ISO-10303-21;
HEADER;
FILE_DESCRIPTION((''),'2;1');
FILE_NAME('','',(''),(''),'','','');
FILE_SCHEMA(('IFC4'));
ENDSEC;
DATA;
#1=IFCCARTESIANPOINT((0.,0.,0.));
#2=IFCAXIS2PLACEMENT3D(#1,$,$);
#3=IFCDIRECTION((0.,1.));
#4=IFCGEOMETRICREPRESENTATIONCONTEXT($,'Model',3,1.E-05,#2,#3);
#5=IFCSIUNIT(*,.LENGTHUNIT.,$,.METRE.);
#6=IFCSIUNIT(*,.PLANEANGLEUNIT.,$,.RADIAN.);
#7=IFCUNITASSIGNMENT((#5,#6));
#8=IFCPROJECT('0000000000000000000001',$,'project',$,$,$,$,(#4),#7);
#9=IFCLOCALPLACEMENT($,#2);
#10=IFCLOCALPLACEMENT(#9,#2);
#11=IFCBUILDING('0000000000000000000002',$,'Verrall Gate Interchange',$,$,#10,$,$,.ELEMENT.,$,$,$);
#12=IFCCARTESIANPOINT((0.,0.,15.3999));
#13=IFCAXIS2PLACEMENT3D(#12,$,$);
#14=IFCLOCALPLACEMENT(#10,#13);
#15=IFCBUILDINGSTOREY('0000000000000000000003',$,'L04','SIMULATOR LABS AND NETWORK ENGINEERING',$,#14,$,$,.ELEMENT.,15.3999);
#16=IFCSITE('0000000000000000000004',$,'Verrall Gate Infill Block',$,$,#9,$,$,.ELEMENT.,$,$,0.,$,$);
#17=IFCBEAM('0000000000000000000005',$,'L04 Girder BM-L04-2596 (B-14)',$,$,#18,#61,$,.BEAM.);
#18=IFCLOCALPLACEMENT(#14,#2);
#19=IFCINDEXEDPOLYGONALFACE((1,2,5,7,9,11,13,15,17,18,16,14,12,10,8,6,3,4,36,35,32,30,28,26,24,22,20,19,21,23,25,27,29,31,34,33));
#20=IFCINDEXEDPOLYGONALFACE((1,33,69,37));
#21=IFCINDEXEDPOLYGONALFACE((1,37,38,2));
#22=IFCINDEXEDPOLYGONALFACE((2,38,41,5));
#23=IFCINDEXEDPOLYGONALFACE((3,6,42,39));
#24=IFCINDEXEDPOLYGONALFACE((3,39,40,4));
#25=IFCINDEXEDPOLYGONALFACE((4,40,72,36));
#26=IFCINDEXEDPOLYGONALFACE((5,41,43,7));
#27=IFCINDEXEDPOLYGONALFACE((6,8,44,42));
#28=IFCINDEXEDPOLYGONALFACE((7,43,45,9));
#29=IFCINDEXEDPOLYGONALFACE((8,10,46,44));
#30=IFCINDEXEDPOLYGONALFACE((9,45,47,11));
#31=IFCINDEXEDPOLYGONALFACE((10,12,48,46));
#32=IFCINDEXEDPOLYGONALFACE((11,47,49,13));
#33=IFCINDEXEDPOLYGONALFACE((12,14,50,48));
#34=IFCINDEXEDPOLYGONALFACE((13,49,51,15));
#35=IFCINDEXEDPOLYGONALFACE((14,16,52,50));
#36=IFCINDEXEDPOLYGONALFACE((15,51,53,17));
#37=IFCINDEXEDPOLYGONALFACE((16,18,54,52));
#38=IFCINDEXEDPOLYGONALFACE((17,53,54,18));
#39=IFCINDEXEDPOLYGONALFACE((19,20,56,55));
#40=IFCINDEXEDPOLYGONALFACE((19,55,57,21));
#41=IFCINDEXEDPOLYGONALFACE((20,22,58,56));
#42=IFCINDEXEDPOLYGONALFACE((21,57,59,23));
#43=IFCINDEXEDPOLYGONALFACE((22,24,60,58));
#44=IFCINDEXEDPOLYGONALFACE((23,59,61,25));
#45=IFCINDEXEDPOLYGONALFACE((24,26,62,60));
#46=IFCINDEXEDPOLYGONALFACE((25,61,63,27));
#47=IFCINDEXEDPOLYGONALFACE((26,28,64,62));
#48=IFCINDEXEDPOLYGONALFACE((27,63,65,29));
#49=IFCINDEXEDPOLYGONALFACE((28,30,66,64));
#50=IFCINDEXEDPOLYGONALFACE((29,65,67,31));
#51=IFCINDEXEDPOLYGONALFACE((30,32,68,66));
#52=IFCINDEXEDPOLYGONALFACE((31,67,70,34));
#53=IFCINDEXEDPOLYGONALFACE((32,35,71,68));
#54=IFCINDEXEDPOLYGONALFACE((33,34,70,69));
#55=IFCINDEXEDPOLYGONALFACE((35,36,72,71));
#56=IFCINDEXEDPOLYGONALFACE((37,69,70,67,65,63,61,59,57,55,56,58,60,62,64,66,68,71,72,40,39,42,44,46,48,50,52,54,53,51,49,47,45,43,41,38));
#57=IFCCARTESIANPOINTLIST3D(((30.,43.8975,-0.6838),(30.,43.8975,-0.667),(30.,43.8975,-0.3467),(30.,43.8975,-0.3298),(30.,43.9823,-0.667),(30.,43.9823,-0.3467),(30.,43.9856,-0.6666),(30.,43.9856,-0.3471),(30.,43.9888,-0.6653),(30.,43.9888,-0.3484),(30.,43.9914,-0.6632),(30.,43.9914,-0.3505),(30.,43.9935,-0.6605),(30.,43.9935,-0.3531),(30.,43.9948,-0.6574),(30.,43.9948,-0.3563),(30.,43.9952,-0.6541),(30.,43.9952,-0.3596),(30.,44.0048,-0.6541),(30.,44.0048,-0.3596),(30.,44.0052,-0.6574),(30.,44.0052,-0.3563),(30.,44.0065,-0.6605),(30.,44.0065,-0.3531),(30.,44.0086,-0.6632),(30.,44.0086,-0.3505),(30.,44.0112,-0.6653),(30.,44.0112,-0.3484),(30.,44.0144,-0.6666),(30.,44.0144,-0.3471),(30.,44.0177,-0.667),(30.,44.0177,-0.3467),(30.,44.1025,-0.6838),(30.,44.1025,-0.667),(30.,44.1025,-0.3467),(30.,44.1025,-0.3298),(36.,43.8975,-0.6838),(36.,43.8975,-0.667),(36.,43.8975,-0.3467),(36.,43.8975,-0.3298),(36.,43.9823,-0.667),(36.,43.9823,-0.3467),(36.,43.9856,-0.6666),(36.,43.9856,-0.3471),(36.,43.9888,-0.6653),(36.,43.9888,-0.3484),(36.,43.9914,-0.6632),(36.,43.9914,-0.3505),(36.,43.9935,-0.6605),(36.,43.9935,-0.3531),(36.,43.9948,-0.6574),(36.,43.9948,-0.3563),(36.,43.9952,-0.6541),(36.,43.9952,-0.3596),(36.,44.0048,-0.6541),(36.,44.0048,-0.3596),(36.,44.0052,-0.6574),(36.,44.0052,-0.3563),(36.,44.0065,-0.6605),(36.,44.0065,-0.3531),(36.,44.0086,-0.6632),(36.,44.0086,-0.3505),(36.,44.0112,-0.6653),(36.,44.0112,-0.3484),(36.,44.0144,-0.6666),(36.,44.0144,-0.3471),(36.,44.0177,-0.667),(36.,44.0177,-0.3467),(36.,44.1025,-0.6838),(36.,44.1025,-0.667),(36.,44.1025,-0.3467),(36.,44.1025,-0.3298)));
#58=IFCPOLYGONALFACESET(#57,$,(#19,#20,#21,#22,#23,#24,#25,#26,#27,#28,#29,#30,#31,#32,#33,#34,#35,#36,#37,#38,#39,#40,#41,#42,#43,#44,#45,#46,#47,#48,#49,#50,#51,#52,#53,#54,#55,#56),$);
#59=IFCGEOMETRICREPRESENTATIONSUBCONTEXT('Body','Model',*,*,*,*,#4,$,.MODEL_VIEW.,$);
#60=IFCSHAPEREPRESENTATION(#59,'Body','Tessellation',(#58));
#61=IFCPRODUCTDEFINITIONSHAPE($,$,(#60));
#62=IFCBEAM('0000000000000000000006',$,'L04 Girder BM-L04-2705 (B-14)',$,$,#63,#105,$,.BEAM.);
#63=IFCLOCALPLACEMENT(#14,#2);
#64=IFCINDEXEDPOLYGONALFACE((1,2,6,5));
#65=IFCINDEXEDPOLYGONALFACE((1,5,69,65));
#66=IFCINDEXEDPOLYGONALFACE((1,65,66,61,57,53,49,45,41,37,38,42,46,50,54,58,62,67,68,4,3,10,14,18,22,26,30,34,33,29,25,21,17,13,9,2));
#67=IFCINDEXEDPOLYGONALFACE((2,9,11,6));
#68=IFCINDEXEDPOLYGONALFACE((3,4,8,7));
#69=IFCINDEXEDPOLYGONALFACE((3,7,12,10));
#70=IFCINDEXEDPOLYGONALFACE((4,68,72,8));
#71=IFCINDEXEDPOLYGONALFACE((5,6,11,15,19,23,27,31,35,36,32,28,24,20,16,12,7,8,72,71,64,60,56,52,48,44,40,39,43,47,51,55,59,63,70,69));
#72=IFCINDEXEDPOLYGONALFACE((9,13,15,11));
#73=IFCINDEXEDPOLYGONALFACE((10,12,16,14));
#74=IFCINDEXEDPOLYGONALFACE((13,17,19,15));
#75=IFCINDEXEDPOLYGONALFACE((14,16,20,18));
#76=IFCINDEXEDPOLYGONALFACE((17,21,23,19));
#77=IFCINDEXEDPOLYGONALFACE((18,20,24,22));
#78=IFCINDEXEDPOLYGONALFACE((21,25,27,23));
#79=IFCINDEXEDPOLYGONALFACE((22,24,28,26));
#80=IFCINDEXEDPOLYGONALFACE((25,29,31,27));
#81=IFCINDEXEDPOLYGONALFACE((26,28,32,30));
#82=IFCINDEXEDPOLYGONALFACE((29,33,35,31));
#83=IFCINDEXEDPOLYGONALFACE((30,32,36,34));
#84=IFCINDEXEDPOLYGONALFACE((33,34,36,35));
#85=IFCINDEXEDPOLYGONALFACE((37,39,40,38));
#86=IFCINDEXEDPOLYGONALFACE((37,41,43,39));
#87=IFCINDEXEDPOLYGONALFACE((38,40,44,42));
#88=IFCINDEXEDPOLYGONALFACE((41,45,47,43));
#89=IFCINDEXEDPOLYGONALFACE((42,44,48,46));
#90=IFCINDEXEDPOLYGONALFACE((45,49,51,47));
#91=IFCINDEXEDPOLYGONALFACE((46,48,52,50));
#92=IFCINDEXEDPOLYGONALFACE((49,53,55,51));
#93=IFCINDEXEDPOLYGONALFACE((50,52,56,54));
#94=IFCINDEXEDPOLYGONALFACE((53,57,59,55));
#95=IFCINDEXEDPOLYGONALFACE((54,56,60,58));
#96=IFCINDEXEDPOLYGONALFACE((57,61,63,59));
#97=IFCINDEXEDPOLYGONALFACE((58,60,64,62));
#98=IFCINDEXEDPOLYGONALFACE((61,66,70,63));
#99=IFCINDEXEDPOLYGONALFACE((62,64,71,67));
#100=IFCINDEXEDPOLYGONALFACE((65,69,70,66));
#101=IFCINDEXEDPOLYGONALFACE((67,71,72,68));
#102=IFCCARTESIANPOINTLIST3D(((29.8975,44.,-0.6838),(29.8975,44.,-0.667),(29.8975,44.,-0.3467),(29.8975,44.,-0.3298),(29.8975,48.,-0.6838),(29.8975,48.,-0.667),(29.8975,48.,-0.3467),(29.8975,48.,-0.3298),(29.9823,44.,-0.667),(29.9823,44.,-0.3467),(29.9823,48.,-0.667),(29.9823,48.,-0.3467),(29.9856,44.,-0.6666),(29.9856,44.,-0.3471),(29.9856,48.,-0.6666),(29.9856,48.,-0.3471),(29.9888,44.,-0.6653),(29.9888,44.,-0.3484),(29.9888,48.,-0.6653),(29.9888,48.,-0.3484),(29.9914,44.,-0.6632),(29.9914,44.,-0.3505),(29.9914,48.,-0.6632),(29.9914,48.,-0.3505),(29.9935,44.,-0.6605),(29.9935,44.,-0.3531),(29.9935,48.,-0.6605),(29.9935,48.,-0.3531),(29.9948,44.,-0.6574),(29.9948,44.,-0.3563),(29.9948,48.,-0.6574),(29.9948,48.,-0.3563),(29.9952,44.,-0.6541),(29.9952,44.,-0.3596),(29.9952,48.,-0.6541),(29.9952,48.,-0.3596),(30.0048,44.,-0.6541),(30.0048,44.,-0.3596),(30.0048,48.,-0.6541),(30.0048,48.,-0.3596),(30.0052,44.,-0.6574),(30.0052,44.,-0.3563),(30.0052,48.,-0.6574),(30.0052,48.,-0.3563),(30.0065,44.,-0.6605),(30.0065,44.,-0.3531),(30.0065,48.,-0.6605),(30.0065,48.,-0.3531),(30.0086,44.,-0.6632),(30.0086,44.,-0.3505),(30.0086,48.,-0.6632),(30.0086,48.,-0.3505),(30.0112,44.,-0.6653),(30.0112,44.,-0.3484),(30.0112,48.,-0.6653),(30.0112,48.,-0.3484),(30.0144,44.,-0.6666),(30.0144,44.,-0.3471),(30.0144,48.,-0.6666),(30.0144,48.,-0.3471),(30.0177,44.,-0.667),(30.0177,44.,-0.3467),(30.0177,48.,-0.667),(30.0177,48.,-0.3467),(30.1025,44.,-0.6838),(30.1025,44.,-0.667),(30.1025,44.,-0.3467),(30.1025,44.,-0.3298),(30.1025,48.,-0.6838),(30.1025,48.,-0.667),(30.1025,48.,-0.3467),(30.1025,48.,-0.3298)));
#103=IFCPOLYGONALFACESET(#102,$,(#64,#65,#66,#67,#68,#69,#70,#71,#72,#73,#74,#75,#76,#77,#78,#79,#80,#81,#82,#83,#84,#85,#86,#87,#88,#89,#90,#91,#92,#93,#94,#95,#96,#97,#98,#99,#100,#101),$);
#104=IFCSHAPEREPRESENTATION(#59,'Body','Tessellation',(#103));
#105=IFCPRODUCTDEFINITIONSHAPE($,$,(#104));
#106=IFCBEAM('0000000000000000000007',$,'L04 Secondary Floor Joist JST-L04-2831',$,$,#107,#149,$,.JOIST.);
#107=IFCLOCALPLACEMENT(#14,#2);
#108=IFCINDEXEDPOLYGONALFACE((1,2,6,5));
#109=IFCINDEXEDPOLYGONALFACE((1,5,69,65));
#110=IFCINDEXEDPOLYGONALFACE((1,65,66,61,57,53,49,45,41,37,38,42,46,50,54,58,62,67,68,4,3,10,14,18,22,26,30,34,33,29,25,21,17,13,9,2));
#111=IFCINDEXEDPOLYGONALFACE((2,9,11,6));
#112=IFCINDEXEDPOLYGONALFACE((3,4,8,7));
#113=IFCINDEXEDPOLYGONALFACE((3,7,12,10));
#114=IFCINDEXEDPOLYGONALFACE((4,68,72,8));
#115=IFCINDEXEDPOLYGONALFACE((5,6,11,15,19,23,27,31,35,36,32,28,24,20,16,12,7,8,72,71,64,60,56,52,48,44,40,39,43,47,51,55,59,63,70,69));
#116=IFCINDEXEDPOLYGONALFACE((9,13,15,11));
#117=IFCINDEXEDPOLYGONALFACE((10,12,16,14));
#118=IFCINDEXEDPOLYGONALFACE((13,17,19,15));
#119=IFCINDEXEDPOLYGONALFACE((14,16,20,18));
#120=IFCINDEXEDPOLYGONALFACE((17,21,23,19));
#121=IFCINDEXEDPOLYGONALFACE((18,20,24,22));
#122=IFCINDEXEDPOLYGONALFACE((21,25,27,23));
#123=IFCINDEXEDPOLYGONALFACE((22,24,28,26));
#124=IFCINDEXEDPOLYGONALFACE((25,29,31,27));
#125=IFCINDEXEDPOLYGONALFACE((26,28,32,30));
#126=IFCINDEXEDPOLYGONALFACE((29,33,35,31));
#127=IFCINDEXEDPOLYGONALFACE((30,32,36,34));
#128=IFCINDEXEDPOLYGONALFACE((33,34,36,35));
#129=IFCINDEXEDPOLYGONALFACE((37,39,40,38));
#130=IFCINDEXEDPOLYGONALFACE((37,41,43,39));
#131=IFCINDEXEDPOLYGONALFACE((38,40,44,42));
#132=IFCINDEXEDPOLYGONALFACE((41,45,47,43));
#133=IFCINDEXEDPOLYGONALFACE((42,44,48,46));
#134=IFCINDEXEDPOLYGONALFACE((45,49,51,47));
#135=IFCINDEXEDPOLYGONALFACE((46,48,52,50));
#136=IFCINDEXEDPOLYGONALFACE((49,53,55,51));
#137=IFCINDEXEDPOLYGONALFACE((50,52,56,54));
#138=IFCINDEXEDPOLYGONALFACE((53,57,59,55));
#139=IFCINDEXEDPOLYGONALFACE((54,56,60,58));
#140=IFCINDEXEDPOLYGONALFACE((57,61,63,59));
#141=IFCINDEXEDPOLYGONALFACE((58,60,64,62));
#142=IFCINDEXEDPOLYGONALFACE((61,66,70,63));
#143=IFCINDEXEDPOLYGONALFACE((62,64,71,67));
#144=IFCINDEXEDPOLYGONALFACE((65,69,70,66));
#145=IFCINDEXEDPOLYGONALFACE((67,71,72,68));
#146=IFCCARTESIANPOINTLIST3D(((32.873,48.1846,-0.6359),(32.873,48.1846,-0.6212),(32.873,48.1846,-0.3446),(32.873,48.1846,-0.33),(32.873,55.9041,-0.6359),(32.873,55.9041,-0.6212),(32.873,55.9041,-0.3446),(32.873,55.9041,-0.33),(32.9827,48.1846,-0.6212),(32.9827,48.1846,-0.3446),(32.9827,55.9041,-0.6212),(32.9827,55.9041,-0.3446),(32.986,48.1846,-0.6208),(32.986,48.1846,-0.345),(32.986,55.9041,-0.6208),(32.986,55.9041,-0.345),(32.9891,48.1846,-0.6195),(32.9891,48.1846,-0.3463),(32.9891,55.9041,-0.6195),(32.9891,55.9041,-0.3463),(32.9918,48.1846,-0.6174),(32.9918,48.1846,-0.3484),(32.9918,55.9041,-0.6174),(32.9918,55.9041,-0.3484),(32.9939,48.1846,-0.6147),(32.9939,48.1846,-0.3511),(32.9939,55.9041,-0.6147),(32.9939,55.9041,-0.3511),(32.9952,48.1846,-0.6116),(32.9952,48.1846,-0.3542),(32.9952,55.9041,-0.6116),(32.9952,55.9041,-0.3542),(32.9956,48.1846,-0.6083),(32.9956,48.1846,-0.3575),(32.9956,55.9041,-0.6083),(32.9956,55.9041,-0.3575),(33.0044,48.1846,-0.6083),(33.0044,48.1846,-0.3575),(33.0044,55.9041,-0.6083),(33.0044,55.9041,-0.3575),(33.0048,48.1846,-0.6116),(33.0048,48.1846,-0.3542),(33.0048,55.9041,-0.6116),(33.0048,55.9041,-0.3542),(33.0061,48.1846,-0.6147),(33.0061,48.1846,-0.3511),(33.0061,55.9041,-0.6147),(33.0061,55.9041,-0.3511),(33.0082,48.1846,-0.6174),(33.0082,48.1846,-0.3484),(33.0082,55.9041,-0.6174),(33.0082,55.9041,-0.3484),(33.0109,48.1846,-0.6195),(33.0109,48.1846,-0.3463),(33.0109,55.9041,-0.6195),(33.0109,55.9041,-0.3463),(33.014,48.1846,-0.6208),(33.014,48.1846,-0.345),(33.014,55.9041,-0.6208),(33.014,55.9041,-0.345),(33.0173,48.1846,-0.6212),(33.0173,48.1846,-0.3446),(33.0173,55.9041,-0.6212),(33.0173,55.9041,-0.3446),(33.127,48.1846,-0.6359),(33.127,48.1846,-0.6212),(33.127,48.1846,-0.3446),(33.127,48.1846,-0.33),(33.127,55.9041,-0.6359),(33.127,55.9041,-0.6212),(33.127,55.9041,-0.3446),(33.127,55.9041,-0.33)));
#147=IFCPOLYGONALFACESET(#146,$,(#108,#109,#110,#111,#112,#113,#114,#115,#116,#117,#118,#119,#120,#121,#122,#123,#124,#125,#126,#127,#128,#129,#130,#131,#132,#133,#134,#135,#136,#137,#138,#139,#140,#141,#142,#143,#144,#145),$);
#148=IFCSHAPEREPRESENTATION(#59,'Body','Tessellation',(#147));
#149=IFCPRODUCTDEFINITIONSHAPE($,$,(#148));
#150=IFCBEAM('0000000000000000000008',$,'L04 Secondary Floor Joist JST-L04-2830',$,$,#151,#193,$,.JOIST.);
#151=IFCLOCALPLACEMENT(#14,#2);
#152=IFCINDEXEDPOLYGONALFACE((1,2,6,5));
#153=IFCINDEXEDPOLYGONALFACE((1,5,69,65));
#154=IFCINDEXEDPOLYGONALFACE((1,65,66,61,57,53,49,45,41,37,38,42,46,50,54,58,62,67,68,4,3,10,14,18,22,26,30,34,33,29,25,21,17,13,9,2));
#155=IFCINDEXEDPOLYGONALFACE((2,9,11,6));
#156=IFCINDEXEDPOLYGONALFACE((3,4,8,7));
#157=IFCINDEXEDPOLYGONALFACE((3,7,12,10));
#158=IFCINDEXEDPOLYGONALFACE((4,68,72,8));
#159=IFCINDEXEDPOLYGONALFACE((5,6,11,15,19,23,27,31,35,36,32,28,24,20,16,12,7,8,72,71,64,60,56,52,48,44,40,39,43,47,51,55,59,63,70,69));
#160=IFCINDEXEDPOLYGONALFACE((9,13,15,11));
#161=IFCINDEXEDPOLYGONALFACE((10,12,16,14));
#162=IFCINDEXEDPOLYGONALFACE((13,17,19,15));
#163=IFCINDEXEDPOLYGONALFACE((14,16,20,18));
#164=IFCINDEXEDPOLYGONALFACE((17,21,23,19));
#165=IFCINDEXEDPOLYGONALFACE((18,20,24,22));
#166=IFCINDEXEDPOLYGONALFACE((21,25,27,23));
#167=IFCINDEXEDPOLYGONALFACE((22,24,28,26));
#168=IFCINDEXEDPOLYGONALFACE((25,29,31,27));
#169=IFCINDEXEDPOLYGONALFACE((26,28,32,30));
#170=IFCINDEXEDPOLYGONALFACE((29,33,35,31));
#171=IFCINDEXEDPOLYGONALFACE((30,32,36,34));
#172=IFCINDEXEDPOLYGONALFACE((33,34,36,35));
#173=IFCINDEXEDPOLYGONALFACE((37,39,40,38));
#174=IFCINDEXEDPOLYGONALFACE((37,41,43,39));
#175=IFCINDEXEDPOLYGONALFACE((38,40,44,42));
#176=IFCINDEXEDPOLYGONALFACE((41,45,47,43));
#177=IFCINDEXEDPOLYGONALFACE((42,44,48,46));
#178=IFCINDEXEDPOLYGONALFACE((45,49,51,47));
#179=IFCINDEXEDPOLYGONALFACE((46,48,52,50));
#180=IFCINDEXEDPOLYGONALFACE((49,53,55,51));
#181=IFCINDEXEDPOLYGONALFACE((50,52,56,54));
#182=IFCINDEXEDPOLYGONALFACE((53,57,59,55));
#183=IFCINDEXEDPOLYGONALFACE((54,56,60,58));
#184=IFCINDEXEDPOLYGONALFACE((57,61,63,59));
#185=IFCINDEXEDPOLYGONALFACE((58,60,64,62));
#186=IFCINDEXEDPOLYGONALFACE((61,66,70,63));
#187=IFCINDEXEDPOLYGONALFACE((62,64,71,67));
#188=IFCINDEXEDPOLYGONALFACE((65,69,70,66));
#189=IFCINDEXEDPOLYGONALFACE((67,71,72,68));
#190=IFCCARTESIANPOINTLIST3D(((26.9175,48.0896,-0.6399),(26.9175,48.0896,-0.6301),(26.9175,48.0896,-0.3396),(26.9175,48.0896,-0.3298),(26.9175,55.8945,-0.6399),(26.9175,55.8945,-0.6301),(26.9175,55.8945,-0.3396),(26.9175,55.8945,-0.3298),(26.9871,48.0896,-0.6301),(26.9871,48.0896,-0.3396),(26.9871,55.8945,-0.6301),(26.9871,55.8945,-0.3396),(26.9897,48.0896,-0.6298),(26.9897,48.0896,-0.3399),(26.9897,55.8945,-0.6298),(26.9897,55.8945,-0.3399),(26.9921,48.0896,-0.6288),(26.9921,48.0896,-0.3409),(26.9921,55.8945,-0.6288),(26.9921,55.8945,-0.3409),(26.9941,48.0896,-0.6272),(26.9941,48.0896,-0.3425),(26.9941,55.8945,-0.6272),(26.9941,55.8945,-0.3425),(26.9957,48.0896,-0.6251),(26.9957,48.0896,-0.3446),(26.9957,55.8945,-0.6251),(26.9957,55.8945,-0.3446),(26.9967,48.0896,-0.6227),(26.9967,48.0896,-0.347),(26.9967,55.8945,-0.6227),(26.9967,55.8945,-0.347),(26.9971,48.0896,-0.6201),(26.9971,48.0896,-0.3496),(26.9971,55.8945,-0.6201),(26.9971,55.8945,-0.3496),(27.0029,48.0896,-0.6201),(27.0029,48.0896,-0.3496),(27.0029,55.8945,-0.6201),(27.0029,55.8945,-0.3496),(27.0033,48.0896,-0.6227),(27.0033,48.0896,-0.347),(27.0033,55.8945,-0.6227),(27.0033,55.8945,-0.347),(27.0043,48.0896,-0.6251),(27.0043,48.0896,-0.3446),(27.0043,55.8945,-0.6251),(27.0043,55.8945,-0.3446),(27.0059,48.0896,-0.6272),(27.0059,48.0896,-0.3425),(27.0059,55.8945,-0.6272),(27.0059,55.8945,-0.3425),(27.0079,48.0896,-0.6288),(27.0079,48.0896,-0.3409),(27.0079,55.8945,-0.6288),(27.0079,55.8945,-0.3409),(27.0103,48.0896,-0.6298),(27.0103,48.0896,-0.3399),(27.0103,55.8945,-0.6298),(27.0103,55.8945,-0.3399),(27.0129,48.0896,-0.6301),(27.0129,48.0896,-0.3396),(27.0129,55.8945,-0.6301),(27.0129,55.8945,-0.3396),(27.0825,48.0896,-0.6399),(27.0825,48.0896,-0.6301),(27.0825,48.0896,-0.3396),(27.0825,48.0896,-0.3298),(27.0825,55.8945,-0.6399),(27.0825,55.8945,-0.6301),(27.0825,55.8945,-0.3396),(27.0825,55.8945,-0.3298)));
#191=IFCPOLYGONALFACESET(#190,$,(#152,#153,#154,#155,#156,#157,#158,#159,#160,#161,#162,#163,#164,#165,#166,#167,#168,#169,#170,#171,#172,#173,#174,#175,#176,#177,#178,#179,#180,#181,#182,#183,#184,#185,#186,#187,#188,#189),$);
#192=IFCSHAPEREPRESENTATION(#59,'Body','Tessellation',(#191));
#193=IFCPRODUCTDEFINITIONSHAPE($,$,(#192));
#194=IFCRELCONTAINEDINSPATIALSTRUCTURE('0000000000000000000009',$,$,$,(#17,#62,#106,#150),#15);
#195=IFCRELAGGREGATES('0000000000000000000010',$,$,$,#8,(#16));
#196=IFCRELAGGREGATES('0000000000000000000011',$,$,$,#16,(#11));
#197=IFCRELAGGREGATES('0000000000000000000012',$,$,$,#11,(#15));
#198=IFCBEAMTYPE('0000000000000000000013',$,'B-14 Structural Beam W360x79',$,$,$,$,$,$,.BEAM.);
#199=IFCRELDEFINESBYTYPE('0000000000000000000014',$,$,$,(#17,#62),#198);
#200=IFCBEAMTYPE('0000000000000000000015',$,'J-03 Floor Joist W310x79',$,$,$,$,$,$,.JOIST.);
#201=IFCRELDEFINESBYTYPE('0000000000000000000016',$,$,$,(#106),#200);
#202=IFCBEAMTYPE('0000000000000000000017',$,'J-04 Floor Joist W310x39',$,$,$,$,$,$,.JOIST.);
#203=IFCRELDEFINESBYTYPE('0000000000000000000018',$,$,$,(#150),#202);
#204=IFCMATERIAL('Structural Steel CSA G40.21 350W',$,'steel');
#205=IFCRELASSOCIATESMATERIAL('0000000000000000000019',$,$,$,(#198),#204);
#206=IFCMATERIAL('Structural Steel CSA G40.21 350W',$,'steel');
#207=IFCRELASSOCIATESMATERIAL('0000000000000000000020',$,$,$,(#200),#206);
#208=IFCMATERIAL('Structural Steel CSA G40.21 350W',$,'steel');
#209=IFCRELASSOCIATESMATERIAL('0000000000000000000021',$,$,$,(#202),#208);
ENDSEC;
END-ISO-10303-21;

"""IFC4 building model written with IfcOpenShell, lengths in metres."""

from ifc_helpers import new_model, si_unit, direction, frame, origin, origin_2d, place, context, subcontext, project, spatial, i_section, extrude, material, material_profile, profile_set, type_object, element, save


model = new_model("IFC4")

# Units and contexts
model_context = context("Model", 3, precision=1e-05, world=origin(), true_north=direction((0.0, 1.0)))
body_context = subcontext(model_context, "Body", "Model", "MODEL_VIEW")
ifc_project = project(units=[si_unit("LENGTHUNIT", "METRE"), si_unit("PLANEANGLEUNIT", "RADIAN")], contexts=[model_context])

# Site, building, storey
site_placement = place(None, origin())
site = spatial("IfcSite", under=ifc_project, at=site_placement, Name="Verrall Gate Infill Block", CompositionType="ELEMENT", RefElevation=0.0)
building_placement = place(site_placement, origin())
building = spatial("IfcBuilding", under=site, at=building_placement, Name="Verrall Gate Interchange", CompositionType="ELEMENT")
storey_placement = place(building_placement, frame((0.0, 0.0, 15.3999)))
storey = spatial("IfcBuildingStorey", under=building, at=storey_placement, Name="L04", Description="SIMULATOR LABS AND NETWORK ENGINEERING", CompositionType="ELEMENT", Elevation=15.3999)

# Beams
ifc_material_1 = material(Name="Structural Steel CSA G40.21 350W", Category="steel")
ifc_material_profile_1 = material_profile(ifc_material_1, i_section(OverallWidth=0.2051, OverallDepth=0.354, WebThickness=0.0095, FlangeThickness=0.0168, FilletRadius=0.0129, at=origin_2d()), Name="W360x79")
ifc_profile_set_1 = profile_set([ifc_material_profile_1], Name="Structural Steel CSA G40.21 350W")
beam_type_1 = type_object("IfcBeamType", Name="B-14 Structural Beam W360x79", PredefinedType="BEAM", material=ifc_profile_set_1)
beam_1_placement = place(storey_placement, frame((30.0, 44.0, -0.5068), z_axis=(1.0, 0.0, 0.0), x_axis=(0.0, 1.0, 0.0)))
element("IfcBeam", 1, at=beam_1_placement, inside=storey, type_object=beam_type_1, Name="L04 Girder BM-L04-2596 (B-14)", PredefinedType="BEAM", context=body_context, shape_type="SweptSolid", body=[
    extrude(i_section(OverallWidth=0.2051, OverallDepth=0.354, WebThickness=0.0095, FlangeThickness=0.0168, FilletRadius=0.0129, at=origin_2d()), origin(), (0.0, 0.0, 1.0), 6.0),
])
beam_2_placement = place(storey_placement, frame((30.0, 44.0, -0.5068), z_axis=(0.0, 1.0, 0.0), x_axis=(-1.0, 0.0, 0.0)))
element("IfcBeam", 2, at=beam_2_placement, inside=storey, type_object=beam_type_1, Name="L04 Girder BM-L04-2705 (B-14)", PredefinedType="BEAM", context=body_context, shape_type="SweptSolid", body=[
    extrude(i_section(OverallWidth=0.2051, OverallDepth=0.354, WebThickness=0.0095, FlangeThickness=0.0168, FilletRadius=0.0129, at=origin_2d()), origin(), (0.0, 0.0, 1.0), 4.0),
])
ifc_material_2 = material(Name="Structural Steel CSA G40.21 350W", Category="steel")
ifc_material_profile_2 = material_profile(ifc_material_2, i_section(OverallWidth=0.2539, OverallDepth=0.3059, WebThickness=0.0088, FlangeThickness=0.0146, FilletRadius=0.0129, at=origin_2d()), Name="W310x79")
ifc_profile_set_2 = profile_set([ifc_material_profile_2], Name="Structural Steel CSA G40.21 350W")
beam_type_2 = type_object("IfcBeamType", Name="J-03 Floor Joist W310x79", PredefinedType="JOIST", material=ifc_profile_set_2)
beam_3_placement = place(storey_placement, frame((33.0, 48.1846, -0.4829), z_axis=(0.0, 1.0, 0.0), x_axis=(-1.0, 0.0, 0.0)))
element("IfcBeam", 3, at=beam_3_placement, inside=storey, type_object=beam_type_2, Name="L04 Secondary Floor Joist JST-L04-2831", PredefinedType="JOIST", context=body_context, shape_type="SweptSolid", body=[
    extrude(i_section(OverallWidth=0.2539, OverallDepth=0.3059, WebThickness=0.0088, FlangeThickness=0.0146, FilletRadius=0.0129, at=origin_2d()), origin(), (0.0, 0.0, 1.0), 7.7195),
])
ifc_material_3 = material(Name="Structural Steel CSA G40.21 350W", Category="steel")
ifc_material_profile_3 = material_profile(ifc_material_3, i_section(OverallWidth=0.165, OverallDepth=0.3101, WebThickness=0.0059, FlangeThickness=0.0098, FilletRadius=0.01, at=origin_2d()), Name="W310x39")
ifc_profile_set_3 = profile_set([ifc_material_profile_3], Name="Structural Steel CSA G40.21 350W")
beam_type_3 = type_object("IfcBeamType", Name="J-04 Floor Joist W310x39", PredefinedType="JOIST", material=ifc_profile_set_3)
beam_4_placement = place(storey_placement, frame((27.0, 48.0896, -0.4849), z_axis=(0.0, 1.0, 0.0), x_axis=(-1.0, 0.0, 0.0)))
element("IfcBeam", 4, at=beam_4_placement, inside=storey, type_object=beam_type_3, Name="L04 Secondary Floor Joist JST-L04-2830", PredefinedType="JOIST", context=body_context, shape_type="SweptSolid", body=[
    extrude(i_section(OverallWidth=0.165, OverallDepth=0.3101, WebThickness=0.0059, FlangeThickness=0.0098, FilletRadius=0.01, at=origin_2d()), origin(), (0.0, 0.0, 1.0), 7.8049),
])

save(model, "model.ifc")
